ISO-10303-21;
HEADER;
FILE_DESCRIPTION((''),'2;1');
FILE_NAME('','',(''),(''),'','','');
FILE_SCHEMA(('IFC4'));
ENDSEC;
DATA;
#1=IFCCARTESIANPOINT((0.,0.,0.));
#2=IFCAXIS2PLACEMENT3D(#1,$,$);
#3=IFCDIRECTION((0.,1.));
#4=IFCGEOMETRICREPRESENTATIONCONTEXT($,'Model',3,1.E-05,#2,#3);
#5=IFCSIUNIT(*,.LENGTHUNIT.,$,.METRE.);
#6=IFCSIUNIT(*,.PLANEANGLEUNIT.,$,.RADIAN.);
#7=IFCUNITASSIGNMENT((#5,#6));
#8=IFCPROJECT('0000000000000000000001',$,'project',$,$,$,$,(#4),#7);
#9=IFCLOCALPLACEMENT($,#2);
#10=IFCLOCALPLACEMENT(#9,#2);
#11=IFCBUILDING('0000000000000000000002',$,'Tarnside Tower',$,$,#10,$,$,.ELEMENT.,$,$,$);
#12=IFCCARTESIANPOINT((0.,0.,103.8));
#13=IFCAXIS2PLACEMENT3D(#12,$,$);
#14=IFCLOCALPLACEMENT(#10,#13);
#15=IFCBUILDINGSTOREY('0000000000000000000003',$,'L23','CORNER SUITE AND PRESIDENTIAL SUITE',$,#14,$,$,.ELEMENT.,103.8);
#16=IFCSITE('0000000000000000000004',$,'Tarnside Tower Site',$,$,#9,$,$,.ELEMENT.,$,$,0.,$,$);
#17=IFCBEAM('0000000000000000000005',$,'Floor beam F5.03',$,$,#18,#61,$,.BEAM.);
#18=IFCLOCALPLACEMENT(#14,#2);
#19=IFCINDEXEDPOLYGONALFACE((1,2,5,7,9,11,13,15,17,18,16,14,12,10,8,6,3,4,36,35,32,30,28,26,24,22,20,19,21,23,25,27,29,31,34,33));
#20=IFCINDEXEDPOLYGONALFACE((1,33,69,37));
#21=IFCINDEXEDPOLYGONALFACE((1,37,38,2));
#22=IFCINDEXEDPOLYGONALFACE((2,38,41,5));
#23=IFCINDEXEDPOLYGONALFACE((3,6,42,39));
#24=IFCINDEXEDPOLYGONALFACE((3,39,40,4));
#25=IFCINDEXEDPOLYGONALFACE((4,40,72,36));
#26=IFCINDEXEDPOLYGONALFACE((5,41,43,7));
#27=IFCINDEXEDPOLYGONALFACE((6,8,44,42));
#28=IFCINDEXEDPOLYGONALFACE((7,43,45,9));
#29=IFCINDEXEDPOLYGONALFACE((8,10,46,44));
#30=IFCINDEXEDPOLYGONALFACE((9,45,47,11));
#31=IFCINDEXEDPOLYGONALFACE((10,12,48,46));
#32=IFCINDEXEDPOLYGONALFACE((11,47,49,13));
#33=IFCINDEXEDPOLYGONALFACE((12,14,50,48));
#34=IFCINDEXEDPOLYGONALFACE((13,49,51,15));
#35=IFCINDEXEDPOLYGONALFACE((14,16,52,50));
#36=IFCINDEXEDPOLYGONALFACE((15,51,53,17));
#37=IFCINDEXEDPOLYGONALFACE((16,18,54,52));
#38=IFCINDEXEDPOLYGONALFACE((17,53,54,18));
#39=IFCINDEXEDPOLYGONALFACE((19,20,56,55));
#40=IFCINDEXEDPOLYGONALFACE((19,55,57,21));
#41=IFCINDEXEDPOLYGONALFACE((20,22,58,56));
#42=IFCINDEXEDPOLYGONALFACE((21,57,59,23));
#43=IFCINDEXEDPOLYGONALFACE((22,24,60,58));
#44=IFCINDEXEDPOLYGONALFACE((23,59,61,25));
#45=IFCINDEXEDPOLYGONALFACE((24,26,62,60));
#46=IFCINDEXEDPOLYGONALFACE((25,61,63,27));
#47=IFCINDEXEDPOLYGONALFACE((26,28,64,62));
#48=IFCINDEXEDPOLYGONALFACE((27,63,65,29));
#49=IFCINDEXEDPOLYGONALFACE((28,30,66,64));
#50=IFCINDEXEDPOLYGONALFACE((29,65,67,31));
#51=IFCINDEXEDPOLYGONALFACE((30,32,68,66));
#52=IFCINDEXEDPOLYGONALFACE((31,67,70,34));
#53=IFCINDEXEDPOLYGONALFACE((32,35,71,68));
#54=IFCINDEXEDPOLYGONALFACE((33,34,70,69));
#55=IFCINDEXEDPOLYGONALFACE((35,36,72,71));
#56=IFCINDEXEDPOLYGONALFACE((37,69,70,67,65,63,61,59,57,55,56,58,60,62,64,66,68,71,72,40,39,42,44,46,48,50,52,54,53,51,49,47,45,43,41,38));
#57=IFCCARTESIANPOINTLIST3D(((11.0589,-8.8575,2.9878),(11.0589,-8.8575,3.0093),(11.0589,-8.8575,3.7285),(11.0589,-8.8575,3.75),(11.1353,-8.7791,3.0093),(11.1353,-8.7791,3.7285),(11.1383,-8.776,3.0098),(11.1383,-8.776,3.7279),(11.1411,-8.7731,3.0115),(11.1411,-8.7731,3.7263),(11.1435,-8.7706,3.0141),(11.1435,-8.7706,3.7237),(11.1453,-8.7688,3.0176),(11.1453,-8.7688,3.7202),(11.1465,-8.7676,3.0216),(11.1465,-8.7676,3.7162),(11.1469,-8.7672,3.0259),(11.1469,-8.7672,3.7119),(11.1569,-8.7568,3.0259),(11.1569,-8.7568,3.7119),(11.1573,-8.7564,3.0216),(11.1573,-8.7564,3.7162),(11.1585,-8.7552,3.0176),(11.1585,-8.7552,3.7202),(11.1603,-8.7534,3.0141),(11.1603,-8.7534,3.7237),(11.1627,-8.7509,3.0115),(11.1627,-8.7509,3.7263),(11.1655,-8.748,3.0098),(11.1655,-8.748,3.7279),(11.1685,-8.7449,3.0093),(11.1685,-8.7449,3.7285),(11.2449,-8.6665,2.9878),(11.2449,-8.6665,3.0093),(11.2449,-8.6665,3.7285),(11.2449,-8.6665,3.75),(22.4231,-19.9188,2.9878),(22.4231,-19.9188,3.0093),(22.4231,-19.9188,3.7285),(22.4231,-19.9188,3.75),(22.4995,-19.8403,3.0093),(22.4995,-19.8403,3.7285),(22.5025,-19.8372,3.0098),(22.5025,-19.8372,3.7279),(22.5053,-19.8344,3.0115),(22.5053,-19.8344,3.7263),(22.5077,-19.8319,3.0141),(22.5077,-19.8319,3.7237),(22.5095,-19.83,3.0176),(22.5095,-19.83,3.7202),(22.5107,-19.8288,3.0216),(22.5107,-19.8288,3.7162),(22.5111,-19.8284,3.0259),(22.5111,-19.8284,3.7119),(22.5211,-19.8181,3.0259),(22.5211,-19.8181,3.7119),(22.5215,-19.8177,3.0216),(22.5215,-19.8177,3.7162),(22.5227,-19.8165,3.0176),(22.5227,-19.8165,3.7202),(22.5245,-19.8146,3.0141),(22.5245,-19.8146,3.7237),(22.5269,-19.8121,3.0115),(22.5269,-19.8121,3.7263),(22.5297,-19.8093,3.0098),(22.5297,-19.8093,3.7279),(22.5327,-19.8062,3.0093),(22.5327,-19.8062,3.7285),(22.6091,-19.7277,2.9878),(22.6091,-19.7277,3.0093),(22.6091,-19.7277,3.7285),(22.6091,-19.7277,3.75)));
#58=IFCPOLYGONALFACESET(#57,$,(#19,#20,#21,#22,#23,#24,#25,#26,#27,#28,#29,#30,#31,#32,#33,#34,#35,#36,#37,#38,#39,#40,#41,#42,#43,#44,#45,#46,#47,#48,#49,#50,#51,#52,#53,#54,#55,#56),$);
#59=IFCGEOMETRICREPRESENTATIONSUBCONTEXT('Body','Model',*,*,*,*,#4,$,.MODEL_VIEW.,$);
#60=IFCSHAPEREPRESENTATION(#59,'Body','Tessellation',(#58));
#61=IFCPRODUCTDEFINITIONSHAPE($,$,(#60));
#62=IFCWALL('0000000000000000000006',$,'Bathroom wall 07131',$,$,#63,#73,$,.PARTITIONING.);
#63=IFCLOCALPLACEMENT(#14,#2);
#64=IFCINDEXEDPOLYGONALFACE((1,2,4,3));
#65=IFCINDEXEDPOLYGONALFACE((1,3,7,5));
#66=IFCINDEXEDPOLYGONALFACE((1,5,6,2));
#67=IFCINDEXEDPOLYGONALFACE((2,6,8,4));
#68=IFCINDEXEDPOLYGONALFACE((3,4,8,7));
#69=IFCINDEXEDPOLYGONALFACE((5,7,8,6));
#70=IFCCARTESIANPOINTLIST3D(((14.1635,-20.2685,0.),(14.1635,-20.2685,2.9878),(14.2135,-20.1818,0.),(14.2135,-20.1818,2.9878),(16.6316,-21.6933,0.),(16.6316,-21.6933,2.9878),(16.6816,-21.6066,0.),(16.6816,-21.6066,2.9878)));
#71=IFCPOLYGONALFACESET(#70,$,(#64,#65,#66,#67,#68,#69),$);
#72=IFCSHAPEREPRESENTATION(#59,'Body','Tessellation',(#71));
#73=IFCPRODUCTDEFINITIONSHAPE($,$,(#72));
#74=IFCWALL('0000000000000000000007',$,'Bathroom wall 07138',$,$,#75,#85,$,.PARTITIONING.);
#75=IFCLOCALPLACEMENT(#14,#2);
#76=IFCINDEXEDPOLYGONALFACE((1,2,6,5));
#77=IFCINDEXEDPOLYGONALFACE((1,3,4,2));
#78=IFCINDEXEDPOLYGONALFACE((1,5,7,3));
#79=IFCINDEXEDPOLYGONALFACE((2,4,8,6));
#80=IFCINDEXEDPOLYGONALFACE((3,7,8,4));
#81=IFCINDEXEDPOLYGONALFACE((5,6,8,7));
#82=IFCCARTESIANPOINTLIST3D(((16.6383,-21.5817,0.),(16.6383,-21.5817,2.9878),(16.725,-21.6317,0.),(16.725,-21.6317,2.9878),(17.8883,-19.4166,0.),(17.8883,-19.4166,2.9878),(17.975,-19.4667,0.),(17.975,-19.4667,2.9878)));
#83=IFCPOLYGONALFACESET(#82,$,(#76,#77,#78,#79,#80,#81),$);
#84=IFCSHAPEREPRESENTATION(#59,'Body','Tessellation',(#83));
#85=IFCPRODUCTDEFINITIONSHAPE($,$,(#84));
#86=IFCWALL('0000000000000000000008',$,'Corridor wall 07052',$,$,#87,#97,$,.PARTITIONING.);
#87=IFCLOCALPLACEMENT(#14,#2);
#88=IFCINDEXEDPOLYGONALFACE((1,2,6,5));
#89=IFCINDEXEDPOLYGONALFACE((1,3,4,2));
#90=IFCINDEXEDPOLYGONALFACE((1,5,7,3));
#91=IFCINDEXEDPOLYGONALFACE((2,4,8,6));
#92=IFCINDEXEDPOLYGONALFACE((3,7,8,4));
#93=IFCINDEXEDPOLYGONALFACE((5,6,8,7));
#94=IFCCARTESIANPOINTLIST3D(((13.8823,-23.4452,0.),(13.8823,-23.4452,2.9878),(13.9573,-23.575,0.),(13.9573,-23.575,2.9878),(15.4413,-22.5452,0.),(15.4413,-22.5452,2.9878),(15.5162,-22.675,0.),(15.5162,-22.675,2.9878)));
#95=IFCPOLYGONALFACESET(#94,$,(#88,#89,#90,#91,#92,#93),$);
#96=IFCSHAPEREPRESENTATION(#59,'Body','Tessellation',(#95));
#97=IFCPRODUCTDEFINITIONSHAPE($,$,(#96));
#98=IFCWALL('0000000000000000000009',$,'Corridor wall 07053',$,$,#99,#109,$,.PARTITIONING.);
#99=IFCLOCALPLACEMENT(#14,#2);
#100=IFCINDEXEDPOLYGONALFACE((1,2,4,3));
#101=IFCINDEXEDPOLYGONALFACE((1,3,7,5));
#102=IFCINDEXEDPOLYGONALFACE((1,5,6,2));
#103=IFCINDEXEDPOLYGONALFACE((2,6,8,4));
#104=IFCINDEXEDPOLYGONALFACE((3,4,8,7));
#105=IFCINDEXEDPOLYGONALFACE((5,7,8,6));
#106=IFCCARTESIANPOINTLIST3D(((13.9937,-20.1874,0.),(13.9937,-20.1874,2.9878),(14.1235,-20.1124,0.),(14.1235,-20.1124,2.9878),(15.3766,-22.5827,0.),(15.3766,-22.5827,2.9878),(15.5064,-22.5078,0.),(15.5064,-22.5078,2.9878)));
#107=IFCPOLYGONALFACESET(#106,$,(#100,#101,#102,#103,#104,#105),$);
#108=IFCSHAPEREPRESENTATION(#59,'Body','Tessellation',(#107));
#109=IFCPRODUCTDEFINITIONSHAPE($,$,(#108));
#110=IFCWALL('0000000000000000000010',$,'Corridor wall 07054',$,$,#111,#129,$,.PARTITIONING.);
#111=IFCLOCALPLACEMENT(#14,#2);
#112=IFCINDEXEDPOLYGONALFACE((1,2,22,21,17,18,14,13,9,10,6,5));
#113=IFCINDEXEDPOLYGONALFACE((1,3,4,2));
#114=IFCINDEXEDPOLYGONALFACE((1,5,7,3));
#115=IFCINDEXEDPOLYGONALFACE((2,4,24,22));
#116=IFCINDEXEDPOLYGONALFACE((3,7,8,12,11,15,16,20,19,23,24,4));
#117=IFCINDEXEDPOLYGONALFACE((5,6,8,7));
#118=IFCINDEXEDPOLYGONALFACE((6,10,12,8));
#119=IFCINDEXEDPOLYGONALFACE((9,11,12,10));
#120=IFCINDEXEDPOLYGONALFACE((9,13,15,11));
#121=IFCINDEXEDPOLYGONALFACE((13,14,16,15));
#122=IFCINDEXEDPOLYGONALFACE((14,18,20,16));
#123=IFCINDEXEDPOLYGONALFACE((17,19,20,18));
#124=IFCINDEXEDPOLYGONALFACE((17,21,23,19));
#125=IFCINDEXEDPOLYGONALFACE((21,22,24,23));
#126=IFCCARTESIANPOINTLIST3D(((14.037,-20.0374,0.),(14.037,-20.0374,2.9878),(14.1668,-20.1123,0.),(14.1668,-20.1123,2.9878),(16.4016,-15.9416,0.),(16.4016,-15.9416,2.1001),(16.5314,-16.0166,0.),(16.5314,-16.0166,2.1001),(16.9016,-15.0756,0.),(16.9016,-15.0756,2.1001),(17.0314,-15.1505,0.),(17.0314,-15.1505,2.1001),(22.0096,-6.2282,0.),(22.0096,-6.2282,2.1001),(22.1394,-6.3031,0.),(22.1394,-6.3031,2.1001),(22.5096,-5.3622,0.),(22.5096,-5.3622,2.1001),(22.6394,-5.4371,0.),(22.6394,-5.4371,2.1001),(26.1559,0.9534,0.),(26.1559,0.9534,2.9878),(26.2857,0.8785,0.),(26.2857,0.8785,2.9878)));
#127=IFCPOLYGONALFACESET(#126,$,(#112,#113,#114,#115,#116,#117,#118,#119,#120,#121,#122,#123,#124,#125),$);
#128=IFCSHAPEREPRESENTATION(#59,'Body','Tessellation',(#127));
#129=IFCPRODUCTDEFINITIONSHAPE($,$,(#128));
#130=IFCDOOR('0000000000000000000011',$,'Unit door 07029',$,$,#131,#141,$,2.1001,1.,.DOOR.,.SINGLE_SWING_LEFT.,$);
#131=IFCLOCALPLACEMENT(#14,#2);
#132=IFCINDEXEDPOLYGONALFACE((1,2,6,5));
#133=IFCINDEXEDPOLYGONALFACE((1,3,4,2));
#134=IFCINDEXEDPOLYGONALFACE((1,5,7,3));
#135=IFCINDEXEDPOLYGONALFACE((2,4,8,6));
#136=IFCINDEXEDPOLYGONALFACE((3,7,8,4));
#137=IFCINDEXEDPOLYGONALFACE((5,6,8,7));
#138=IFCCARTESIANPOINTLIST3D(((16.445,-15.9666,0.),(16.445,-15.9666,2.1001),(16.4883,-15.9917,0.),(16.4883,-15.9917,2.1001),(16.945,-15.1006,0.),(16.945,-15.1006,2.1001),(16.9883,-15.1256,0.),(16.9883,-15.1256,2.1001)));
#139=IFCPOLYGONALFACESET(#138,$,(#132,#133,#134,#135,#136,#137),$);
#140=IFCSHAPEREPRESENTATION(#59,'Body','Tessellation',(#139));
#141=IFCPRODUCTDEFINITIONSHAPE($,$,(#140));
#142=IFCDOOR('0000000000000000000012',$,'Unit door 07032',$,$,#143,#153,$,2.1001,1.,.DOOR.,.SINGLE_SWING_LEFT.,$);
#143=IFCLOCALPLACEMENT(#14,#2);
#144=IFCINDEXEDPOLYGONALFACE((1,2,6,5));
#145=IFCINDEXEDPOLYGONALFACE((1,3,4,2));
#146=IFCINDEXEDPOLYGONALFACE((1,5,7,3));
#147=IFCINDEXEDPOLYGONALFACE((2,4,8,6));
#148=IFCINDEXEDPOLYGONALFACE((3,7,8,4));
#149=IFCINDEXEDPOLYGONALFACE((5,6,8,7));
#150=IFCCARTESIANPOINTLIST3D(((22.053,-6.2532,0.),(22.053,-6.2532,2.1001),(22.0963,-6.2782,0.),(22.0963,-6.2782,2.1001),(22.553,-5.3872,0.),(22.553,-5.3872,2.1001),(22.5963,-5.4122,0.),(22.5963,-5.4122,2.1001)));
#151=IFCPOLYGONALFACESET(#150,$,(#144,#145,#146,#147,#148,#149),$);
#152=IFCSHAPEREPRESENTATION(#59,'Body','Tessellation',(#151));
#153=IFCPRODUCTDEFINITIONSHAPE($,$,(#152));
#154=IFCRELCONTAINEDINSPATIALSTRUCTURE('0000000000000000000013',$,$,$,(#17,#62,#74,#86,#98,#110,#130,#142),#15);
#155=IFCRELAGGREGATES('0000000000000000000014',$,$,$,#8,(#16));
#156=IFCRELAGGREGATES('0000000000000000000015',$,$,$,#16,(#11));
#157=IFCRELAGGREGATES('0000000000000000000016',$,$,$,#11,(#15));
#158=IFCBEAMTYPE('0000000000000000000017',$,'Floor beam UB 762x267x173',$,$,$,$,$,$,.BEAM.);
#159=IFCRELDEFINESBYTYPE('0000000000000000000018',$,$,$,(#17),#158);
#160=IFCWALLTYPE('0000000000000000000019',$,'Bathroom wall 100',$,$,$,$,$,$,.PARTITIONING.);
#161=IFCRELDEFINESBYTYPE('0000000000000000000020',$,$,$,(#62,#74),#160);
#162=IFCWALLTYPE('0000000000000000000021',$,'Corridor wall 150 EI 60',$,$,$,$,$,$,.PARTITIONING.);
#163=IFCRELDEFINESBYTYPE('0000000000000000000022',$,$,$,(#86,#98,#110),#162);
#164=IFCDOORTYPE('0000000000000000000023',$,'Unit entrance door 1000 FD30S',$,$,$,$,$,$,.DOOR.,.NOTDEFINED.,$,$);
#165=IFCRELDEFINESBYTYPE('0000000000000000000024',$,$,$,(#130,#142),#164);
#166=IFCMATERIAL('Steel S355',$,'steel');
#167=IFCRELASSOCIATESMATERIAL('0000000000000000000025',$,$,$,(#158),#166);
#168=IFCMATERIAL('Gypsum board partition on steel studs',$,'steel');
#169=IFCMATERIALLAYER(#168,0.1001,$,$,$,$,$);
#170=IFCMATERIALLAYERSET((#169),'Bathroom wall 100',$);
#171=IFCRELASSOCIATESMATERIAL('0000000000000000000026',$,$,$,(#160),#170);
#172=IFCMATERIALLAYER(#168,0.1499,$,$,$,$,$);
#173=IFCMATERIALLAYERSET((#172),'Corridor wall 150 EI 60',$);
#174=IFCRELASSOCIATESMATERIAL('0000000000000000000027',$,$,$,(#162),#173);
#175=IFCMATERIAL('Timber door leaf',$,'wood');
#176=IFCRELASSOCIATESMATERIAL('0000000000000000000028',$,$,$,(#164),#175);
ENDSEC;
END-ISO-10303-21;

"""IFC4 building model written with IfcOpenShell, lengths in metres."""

from ifc_helpers import new_model, si_unit, direction, frame, frame_2d, origin, origin_2d, place, context, subcontext, project, spatial, rectangle, i_section, extrude, material, layer, layer_set, material_profile, profile_set, type_object, element, fill, save


model = new_model("IFC4")

# Units and contexts
model_context = context("Model", 3, precision=1e-05, world=origin(), true_north=direction((0.0, 1.0)))
body_context = subcontext(model_context, "Body", "Model", "MODEL_VIEW")
ifc_project = project(units=[si_unit("LENGTHUNIT", "METRE"), si_unit("PLANEANGLEUNIT", "RADIAN")], contexts=[model_context])

# Site, building, storey
site_placement = place(None, origin())
site = spatial("IfcSite", under=ifc_project, at=site_placement, Name="Tarnside Tower Site", CompositionType="ELEMENT", RefElevation=0.0)
building_placement = place(site_placement, origin())
building = spatial("IfcBuilding", under=site, at=building_placement, Name="Tarnside Tower", CompositionType="ELEMENT")
storey_placement = place(building_placement, frame((0.0, 0.0, 103.8)))
storey = spatial("IfcBuildingStorey", under=building, at=storey_placement, Name="L23", Description="CORNER SUITE AND PRESIDENTIAL SUITE", CompositionType="ELEMENT", Elevation=103.8)

# Beam
ifc_material_1 = material(Name="Steel S355", Category="steel")
ifc_material_profile = material_profile(ifc_material_1, i_section(OverallWidth=0.2666, OverallDepth=0.7622, WebThickness=0.0144, FlangeThickness=0.0215, FilletRadius=0.0166, at=origin_2d()), Name="UB 762x267x173")
ifc_profile_set = profile_set([ifc_material_profile], Name="Steel S355")
beam_type = type_object("IfcBeamType", Name="Floor beam UB 762x267x173", PredefinedType="BEAM", material=ifc_profile_set)
beam_1_placement = place(storey_placement, frame((22.5161, -19.8232, 3.3689), z_axis=(-0.716595, 0.69749, 0.0), x_axis=(-0.69749, -0.716595, 0.0)))
element("IfcBeam", 1, at=beam_1_placement, inside=storey, type_object=beam_type, Name="Floor beam F5.03", PredefinedType="BEAM", context=body_context, shape_type="SweptSolid", body=[
    extrude(i_section(OverallWidth=0.2666, OverallDepth=0.7622, WebThickness=0.0144, FlangeThickness=0.0215, FilletRadius=0.0166, at=origin_2d()), origin(), (0.0, 0.0, 1.0), 15.8586),
])

# Walls
ifc_material_2 = material(Name="Gypsum board partition on steel studs", Category="steel")
ifc_layer_1 = layer(ifc_material_2, 0.1001)
ifc_layer_set_1 = layer_set([ifc_layer_1], Name="Bathroom wall 100")
wall_type_1 = type_object("IfcWallType", Name="Bathroom wall 100", PredefinedType="PARTITIONING", material=ifc_layer_set_1)
wall_1_placement = place(storey_placement, frame((16.6565, -21.6499, 0.0), z_axis=(0.0, 0.0, 1.0), x_axis=(-0.866041, 0.499972, 0.0)))
element("IfcWall", 2, at=wall_1_placement, inside=storey, type_object=wall_type_1, Name="Bathroom wall 07131", PredefinedType="PARTITIONING", context=body_context, shape_type="SweptSolid", body=[
    extrude(rectangle(XDim=2.8499, YDim=0.1001, at=frame_2d((1.4248, 0.0))), origin(), (0.0, 0.0, 1.0), 2.9878),
])
wall_2_placement = place(storey_placement, frame((16.6816, -21.6067, 0.0), z_axis=(0.0, 0.0, 1.0), x_axis=(0.500004, 0.866023, 0.0)))
element("IfcWall", 3, at=wall_2_placement, inside=storey, type_object=wall_type_1, Name="Bathroom wall 07138", PredefinedType="PARTITIONING", context=body_context, shape_type="SweptSolid", body=[
    extrude(rectangle(XDim=2.5, YDim=0.1001, at=frame_2d((1.25, 0.0))), origin(), (0.0, 0.0, 1.0), 2.9878),
])
ifc_layer_2 = layer(ifc_material_2, 0.1499)
ifc_layer_set_2 = layer_set([ifc_layer_2], Name="Corridor wall 150 EI 60")
wall_type_2 = type_object("IfcWallType", Name="Corridor wall 150 EI 60", PredefinedType="PARTITIONING", material=ifc_layer_set_2)
wall_3_placement = place(storey_placement, frame((13.9199, -23.51, 0.0), z_axis=(0.0, 0.0, 1.0), x_axis=(0.866048, 0.499961, 0.0)))
element("IfcWall", 4, at=wall_3_placement, inside=storey, type_object=wall_type_2, Name="Corridor wall 07052", PredefinedType="PARTITIONING", context=body_context, shape_type="SweptSolid", body=[
    extrude(rectangle(XDim=1.8, YDim=0.1499, at=frame_2d((0.8999, 0.0))), origin(), (0.0, 0.0, 1.0), 2.9878),
])
wall_4_placement = place(storey_placement, frame((15.4414, -22.5452, 0.0), z_axis=(0.0, 0.0, 1.0), x_axis=(-0.499975, 0.86604, 0.0)))
element("IfcWall", 5, at=wall_4_placement, inside=storey, type_object=wall_type_2, Name="Corridor wall 07053", PredefinedType="PARTITIONING", context=body_context, shape_type="SweptSolid", body=[
    extrude(rectangle(XDim=2.7659, YDim=0.1499, at=frame_2d((1.3828, 0.0))), origin(), (0.0, 0.0, 1.0), 2.9878),
])

# Wall, openings, doors
wall_5_placement = place(storey_placement, frame((14.1018, -20.075, 0.0), z_axis=(0.0, 0.0, 1.0), x_axis=(0.499997, 0.866027, 0.0)))
wall_5 = element("IfcWall", 6, at=wall_5_placement, inside=storey, type_object=wall_type_2, Name="Corridor wall 07054", PredefinedType="PARTITIONING", context=body_context, shape_type="SweptSolid", body=[
    extrude(rectangle(XDim=24.238, YDim=0.1499, at=frame_2d((12.1191, 0.0))), origin(), (0.0, 0.0, 1.0), 2.9878),
])
opening_1_placement = place(wall_5_placement, frame((4.7295, 0.0, 0.0)))
opening_1 = element("IfcOpeningElement", 7, at=opening_1_placement, cuts=wall_5, PredefinedType="OPENING", context=body_context, shape_type="SweptSolid", body=[
    extrude(rectangle(XDim=1.0, YDim=2.1001, at=frame_2d((0.5, 1.05))), frame((0.0, 0.085, 0.0), z_axis=(0.0, -1.0, 0.0), x_axis=(1.0, 0.0, 0.0)), (0.0, 0.0, 1.0), 0.1699),
])
opening_2_placement = place(wall_5_placement, frame((15.9456, 0.0, 0.0)))
opening_2 = element("IfcOpeningElement", 8, at=opening_2_placement, cuts=wall_5, PredefinedType="OPENING", context=body_context, shape_type="SweptSolid", body=[
    extrude(rectangle(XDim=1.0, YDim=2.1001, at=frame_2d((0.5, 1.05))), frame((0.0, 0.085, 0.0), z_axis=(0.0, -1.0, 0.0), x_axis=(1.0, 0.0, 0.0)), (0.0, 0.0, 1.0), 0.1699),
])
ifc_material_3 = material(Name="Timber door leaf", Category="wood")
door_type_1 = type_object("IfcDoorType", Name="Unit entrance door 1000 FD30S", OperationType="NOTDEFINED", PredefinedType="DOOR", material=ifc_material_3)
door_1_placement = place(opening_1_placement, origin())
door_1 = element("IfcDoor", 9, at=door_1_placement, inside=storey, type_object=door_type_1, Name="Unit door 07029", OperationType="SINGLE_SWING_LEFT", OverallHeight=2.1001, OverallWidth=1.0, PredefinedType="DOOR", context=body_context, shape_type="SweptSolid", body=[
    extrude(rectangle(XDim=1.0, YDim=2.1001, at=frame_2d((0.5, 1.05))), frame((0.0, 0.0249, 0.0), z_axis=(0.0, -1.0, 0.0), x_axis=(1.0, 0.0, 0.0)), (0.0, 0.0, 1.0), 0.05),
])
fill(opening_1, door_1)
door_2_placement = place(opening_2_placement, origin())
door_2 = element("IfcDoor", 10, at=door_2_placement, inside=storey, type_object=door_type_1, Name="Unit door 07032", OperationType="SINGLE_SWING_LEFT", OverallHeight=2.1001, OverallWidth=1.0, PredefinedType="DOOR", context=body_context, shape_type="SweptSolid", body=[
    extrude(rectangle(XDim=1.0, YDim=2.1001, at=frame_2d((0.5, 1.05))), frame((0.0, 0.0249, 0.0), z_axis=(0.0, -1.0, 0.0), x_axis=(1.0, 0.0, 0.0)), (0.0, 0.0, 1.0), 0.05),
])
fill(opening_2, door_2)

save(model, "model.ifc")
